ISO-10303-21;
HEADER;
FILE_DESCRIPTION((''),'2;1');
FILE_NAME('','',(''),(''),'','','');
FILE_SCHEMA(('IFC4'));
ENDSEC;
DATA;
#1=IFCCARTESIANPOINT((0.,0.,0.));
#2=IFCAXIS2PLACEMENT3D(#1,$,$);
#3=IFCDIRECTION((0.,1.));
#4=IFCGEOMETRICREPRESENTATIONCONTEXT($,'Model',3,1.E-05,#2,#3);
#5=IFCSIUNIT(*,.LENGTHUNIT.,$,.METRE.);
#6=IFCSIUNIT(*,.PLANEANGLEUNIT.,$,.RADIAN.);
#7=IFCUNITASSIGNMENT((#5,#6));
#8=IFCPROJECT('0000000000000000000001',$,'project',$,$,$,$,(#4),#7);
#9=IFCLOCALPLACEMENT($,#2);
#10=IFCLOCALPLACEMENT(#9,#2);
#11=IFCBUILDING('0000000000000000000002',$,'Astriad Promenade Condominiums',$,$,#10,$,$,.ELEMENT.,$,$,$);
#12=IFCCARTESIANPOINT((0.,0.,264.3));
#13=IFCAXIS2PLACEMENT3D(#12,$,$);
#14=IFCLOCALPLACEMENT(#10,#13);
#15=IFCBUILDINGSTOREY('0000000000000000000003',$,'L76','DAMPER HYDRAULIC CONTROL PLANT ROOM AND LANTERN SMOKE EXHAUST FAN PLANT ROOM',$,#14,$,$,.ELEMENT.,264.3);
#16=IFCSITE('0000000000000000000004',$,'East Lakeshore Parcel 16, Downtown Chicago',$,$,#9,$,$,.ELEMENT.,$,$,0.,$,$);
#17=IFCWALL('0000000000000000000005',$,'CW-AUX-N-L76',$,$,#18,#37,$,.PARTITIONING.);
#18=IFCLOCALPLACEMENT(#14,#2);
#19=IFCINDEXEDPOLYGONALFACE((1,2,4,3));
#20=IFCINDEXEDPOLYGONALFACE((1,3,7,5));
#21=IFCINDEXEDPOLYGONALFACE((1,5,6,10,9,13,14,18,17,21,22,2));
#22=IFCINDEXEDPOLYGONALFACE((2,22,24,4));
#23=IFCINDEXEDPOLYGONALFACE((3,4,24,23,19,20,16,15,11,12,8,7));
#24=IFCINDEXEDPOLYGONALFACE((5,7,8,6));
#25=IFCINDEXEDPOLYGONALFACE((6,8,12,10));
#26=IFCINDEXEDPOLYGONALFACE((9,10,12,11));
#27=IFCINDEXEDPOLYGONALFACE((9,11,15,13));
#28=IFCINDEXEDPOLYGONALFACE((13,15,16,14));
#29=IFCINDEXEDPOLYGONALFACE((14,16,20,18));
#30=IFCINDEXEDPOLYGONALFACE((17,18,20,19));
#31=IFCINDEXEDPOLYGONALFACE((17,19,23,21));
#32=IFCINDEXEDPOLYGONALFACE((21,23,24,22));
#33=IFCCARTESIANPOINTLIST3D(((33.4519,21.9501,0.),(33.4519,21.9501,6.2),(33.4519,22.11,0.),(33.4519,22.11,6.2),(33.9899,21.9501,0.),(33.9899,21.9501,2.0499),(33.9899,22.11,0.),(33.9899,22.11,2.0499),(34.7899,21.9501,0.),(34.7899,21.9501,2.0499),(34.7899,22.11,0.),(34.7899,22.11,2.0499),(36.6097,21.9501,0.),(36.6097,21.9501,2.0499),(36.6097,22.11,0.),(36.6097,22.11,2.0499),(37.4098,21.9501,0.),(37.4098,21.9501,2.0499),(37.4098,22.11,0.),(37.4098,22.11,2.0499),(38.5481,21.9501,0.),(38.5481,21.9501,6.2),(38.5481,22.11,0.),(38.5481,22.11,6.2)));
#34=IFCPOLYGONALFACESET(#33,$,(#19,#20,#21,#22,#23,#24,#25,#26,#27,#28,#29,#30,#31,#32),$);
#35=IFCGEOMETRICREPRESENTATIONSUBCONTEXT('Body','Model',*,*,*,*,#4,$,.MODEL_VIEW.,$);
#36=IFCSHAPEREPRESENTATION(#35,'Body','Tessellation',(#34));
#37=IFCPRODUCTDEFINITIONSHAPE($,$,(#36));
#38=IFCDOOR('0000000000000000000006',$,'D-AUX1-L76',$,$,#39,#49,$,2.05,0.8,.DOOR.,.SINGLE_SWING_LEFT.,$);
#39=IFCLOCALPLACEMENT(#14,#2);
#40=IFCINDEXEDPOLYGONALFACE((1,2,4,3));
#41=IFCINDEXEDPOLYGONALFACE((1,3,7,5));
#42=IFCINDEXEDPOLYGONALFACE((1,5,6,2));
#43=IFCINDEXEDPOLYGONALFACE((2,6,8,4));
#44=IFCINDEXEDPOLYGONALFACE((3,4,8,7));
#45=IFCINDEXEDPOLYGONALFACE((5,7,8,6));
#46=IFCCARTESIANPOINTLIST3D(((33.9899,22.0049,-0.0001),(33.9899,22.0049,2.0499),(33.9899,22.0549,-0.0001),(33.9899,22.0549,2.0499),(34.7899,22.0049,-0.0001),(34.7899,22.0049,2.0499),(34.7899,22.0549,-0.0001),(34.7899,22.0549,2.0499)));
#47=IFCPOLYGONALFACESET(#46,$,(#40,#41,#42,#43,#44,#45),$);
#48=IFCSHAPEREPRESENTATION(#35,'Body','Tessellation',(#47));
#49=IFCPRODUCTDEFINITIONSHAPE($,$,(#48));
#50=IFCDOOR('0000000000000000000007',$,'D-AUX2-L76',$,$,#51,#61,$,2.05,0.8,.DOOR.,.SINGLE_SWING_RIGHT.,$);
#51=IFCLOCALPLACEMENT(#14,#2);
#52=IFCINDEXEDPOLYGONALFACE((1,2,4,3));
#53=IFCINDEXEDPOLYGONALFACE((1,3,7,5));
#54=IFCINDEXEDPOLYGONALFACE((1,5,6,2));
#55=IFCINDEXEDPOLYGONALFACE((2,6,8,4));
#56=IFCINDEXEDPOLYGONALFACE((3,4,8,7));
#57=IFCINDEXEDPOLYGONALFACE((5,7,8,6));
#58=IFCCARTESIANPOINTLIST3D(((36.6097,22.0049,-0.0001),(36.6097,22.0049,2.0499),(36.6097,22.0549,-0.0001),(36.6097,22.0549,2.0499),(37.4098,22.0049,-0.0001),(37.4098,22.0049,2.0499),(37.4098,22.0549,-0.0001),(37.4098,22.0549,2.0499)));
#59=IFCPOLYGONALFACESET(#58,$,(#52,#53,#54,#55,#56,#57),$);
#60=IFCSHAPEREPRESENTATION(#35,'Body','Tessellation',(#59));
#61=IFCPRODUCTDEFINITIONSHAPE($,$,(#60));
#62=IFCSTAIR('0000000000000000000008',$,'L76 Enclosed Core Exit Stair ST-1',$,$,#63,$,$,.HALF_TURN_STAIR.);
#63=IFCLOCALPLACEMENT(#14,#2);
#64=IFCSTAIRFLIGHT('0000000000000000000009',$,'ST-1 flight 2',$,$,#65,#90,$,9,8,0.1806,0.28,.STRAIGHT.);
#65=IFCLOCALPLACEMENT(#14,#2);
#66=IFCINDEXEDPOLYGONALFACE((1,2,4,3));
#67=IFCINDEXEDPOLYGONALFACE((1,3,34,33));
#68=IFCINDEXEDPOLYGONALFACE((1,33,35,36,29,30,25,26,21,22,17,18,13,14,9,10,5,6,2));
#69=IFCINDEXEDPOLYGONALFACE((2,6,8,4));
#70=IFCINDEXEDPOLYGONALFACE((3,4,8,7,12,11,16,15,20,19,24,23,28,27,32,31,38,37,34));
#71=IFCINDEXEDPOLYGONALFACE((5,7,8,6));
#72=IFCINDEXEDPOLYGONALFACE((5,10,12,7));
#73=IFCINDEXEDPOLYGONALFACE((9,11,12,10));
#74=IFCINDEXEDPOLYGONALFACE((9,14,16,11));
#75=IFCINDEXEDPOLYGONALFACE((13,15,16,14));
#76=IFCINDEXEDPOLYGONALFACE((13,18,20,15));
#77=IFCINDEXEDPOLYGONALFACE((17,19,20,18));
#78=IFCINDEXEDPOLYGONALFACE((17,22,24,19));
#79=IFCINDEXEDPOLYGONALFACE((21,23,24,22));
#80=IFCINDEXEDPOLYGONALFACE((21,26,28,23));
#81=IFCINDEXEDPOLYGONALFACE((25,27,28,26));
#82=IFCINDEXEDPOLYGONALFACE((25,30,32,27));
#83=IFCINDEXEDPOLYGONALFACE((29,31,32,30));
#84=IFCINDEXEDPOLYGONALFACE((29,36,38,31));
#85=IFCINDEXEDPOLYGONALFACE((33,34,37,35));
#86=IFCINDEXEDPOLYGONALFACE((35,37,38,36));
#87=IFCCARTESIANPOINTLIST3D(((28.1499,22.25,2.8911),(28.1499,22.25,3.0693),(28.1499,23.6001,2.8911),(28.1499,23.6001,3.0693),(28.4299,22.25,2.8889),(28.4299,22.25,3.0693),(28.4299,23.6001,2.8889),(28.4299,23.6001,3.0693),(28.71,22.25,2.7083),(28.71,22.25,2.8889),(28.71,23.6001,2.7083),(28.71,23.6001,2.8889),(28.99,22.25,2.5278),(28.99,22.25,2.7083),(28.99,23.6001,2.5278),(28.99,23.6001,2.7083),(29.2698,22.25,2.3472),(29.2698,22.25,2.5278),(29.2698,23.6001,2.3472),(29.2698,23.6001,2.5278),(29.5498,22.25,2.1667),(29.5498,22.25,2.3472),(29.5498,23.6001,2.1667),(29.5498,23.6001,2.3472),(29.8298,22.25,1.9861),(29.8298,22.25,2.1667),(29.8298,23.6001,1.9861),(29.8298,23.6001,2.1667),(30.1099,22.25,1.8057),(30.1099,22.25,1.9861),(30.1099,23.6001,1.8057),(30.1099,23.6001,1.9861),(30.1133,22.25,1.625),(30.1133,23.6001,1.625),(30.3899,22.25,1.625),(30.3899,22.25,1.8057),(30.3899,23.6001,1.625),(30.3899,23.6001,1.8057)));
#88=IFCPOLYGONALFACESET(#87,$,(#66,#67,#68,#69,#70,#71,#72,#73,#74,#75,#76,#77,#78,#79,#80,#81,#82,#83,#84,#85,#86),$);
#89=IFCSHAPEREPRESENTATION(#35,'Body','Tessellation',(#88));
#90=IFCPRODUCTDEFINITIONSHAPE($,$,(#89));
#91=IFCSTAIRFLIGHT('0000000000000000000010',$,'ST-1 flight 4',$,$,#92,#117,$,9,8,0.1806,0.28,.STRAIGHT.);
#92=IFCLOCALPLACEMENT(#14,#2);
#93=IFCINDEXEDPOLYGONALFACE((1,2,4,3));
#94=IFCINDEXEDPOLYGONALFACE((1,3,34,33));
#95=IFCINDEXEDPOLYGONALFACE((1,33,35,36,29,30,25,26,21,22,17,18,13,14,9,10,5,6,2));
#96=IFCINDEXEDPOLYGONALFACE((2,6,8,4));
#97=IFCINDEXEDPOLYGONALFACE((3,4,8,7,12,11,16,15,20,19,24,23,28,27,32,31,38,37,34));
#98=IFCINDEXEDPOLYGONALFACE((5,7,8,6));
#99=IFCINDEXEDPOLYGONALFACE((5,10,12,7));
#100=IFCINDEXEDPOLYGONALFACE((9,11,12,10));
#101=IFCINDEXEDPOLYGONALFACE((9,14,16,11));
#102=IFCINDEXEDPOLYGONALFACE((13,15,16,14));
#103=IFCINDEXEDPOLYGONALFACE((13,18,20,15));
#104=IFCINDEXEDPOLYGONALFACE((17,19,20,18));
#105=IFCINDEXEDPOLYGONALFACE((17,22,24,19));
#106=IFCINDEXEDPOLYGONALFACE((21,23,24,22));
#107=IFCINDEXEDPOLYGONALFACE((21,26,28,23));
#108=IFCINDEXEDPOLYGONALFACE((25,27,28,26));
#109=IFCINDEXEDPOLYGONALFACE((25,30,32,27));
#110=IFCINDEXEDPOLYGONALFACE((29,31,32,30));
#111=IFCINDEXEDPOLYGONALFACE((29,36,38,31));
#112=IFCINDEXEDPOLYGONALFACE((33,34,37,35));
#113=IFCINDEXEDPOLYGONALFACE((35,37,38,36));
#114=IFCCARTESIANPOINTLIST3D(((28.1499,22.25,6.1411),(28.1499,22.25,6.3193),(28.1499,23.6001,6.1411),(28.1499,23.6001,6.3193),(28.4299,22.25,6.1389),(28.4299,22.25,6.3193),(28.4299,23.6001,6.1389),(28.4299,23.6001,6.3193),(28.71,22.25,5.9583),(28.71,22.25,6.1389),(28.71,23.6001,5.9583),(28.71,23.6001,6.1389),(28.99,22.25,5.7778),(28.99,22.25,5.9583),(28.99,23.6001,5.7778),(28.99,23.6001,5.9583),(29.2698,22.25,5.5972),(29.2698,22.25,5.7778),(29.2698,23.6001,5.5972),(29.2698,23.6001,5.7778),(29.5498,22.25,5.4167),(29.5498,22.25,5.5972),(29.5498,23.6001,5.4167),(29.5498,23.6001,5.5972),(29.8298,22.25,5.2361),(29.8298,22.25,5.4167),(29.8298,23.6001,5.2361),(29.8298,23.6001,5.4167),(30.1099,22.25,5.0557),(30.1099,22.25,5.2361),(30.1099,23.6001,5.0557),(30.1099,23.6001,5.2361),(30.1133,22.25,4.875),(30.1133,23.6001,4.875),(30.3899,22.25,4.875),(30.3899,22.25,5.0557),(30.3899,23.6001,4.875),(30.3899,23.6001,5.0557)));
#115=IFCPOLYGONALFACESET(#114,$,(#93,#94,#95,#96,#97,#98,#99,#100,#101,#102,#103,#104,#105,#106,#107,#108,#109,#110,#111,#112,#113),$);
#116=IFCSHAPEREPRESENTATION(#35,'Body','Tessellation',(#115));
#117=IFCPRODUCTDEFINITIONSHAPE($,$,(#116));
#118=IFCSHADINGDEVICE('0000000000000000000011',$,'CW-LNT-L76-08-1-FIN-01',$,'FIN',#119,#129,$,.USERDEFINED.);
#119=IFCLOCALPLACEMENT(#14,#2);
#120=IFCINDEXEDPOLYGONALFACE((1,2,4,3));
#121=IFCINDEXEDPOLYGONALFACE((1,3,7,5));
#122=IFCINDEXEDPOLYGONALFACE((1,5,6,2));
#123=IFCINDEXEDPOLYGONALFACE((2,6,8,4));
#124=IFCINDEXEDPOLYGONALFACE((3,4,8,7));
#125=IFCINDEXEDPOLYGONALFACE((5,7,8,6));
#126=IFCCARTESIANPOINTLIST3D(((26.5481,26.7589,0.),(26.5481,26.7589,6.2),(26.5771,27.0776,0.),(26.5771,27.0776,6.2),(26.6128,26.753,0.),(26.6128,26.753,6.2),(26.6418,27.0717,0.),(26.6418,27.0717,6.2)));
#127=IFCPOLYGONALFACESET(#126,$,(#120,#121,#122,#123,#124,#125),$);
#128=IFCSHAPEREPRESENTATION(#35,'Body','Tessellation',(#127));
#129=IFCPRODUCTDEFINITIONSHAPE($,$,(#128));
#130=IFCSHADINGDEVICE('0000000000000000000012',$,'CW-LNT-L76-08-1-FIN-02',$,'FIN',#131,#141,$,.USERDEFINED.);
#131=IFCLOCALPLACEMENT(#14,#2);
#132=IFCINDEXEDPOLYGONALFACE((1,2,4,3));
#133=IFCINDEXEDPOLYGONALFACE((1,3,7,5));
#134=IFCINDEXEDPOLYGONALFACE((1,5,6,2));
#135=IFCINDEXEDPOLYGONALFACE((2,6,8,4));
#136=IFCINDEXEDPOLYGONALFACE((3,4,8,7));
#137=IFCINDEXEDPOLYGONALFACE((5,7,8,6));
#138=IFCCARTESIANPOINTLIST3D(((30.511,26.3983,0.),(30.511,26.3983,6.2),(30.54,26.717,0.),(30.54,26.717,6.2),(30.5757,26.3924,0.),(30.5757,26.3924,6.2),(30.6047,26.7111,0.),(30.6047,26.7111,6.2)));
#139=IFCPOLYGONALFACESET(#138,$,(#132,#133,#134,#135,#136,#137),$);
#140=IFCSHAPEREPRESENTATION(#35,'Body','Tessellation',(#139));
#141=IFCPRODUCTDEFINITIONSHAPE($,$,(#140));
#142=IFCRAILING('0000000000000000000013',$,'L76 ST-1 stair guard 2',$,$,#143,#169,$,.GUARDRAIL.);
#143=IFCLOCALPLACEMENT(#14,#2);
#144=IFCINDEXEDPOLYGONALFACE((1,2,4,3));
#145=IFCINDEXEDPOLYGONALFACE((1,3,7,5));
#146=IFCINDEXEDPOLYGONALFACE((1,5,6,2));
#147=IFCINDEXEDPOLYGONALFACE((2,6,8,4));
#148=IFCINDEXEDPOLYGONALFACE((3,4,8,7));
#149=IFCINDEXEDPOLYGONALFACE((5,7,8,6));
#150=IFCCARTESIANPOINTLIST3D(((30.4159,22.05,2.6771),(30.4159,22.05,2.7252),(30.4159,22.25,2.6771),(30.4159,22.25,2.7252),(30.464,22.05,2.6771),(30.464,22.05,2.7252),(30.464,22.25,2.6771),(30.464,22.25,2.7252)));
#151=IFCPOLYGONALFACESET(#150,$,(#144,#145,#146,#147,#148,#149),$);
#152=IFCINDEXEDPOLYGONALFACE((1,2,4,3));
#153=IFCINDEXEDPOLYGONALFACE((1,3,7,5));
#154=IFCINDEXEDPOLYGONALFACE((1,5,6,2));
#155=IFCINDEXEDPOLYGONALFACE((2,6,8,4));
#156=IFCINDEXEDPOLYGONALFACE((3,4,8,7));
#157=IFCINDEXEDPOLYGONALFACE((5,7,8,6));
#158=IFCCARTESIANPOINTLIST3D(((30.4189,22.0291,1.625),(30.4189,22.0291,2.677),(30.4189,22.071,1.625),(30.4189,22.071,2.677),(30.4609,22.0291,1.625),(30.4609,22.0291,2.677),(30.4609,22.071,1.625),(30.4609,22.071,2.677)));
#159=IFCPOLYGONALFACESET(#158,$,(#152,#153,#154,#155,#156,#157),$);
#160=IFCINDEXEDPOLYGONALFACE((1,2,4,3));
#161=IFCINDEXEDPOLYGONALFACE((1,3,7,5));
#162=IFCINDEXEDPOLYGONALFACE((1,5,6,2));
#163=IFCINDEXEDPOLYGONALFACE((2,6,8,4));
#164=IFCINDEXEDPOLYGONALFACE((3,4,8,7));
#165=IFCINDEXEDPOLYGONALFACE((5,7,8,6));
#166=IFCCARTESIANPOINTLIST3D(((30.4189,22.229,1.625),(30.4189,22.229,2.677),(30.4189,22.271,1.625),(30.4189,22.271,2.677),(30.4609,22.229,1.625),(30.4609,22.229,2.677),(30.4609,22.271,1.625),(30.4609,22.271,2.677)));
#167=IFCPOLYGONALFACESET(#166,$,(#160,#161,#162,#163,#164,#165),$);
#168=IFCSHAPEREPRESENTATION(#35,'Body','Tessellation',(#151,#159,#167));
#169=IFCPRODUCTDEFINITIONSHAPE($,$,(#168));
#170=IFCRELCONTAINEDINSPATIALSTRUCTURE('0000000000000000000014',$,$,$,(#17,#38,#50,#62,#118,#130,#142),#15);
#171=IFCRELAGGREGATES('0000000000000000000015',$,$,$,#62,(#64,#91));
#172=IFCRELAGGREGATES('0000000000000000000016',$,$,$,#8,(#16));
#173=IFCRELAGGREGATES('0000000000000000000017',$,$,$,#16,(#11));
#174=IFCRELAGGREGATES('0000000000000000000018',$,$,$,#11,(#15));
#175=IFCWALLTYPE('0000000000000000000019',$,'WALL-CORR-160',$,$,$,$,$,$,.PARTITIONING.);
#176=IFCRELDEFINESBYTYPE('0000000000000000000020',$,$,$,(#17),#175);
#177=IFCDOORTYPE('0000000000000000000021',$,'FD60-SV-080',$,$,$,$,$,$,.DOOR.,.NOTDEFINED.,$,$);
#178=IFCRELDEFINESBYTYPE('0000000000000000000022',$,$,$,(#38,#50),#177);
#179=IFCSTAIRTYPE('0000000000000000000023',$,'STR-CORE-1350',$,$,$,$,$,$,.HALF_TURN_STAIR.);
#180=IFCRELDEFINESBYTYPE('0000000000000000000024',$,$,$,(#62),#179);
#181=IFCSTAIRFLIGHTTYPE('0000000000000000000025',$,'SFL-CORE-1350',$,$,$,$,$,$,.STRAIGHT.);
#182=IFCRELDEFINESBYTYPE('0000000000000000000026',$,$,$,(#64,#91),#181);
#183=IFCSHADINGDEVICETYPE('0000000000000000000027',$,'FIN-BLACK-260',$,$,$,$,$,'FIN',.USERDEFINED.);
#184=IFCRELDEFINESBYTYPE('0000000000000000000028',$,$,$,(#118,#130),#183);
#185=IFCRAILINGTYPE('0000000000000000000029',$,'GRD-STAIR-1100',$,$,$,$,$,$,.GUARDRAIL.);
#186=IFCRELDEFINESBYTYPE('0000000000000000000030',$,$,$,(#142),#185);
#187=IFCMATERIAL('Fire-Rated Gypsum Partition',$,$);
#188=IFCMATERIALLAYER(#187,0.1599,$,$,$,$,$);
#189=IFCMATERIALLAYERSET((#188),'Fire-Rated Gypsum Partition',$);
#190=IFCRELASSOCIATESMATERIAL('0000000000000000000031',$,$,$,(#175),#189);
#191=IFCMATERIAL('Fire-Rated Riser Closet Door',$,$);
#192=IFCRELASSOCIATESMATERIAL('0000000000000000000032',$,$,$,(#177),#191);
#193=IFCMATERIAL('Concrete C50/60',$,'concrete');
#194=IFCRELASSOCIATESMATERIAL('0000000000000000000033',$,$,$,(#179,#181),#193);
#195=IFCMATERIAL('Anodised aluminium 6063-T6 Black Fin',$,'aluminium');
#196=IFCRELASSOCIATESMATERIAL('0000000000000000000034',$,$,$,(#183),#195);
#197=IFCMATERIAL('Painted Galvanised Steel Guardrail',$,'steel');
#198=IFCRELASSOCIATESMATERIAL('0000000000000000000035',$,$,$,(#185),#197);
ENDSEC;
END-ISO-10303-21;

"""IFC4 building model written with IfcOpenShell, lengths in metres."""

from ifc_helpers import new_model, si_unit, direction, frame, frame_2d, origin, origin_2d, place, context, subcontext, project, spatial, polyline, rectangle, outline, extrude, source, transform, mapped, material, layer, layer_set, type_object, type_shapes, element, fill, aggregate, save


model = new_model("IFC4")

# Units and contexts
model_context = context("Model", 3, precision=1e-05, world=origin(), true_north=direction((0.0, 1.0)))
body_context = subcontext(model_context, "Body", "Model", "MODEL_VIEW")
ifc_project = project(units=[si_unit("LENGTHUNIT", "METRE"), si_unit("PLANEANGLEUNIT", "RADIAN")], contexts=[model_context])

# Site, building, storey
site_placement = place(None, origin())
site = spatial("IfcSite", under=ifc_project, at=site_placement, Name="East Lakeshore Parcel 16, Downtown Chicago", CompositionType="ELEMENT", RefElevation=0.0)
building_placement = place(site_placement, origin())
building = spatial("IfcBuilding", under=site, at=building_placement, Name="Astriad Promenade Condominiums", CompositionType="ELEMENT")
storey_placement = place(building_placement, frame((0.0, 0.0, 264.3)))
storey = spatial("IfcBuildingStorey", under=building, at=storey_placement, Name="L76", Description="DAMPER HYDRAULIC CONTROL PLANT ROOM AND LANTERN SMOKE EXHAUST FAN PLANT ROOM", CompositionType="ELEMENT", Elevation=264.3)

# Wall, openings, doors
ifc_material_1 = material(Name="Fire-Rated Gypsum Partition")
ifc_layer_1 = layer(ifc_material_1, 0.1599)
ifc_layer_set_1 = layer_set([ifc_layer_1], Name="Fire-Rated Gypsum Partition")
wall_type = type_object("IfcWallType", Name="WALL-CORR-160", PredefinedType="PARTITIONING", material=ifc_layer_set_1)
wall_placement = place(storey_placement, frame((33.4519, 22.03, 0.0), z_axis=(0.0, 0.0, 1.0), x_axis=(1.0, 0.0, 0.0)))
wall = element("IfcWall", 1, at=wall_placement, inside=storey, type_object=wall_type, Name="CW-AUX-N-L76", PredefinedType="PARTITIONING", context=body_context, shape_type="SweptSolid", body=[
    extrude(rectangle(XDim=5.0962, YDim=0.1599, at=frame_2d((2.5481, 0.0))), origin(), (0.0, 0.0, 1.0), 6.2),
])
opening_1_placement = place(wall_placement, frame((0.5381, 0.0, 0.0)))
opening_1 = element("IfcOpeningElement", 2, at=opening_1_placement, cuts=wall, PredefinedType="OPENING", context=body_context, shape_type="SweptSolid", body=[
    extrude(rectangle(XDim=0.8, YDim=2.05, at=frame_2d((0.3999, 1.0249))), frame((0.0, 0.0898, 0.0), z_axis=(0.0, -1.0, 0.0), x_axis=(1.0, 0.0, 0.0)), (0.0, 0.0, 1.0), 0.1799),
])
opening_2_placement = place(wall_placement, frame((3.158, 0.0, 0.0)))
opening_2 = element("IfcOpeningElement", 3, at=opening_2_placement, cuts=wall, PredefinedType="OPENING", context=body_context, shape_type="SweptSolid", body=[
    extrude(rectangle(XDim=0.8, YDim=2.05, at=frame_2d((0.3999, 1.0249))), frame((0.0, 0.0898, 0.0), z_axis=(0.0, -1.0, 0.0), x_axis=(1.0, 0.0, 0.0)), (0.0, 0.0, 1.0), 0.1799),
])
ifc_material_2 = material(Name="Fire-Rated Riser Closet Door")
door_type = type_object("IfcDoorType", Name="FD60-SV-080", OperationType="NOTDEFINED", PredefinedType="DOOR", material=ifc_material_2)
shared_shape_1 = source(origin(), body_context, "Body", "SweptSolid", [
    extrude(rectangle(XDim=0.8, YDim=2.05, at=frame_2d((0.3999, 1.0249))), frame((0.0, 0.0249, 0.0), z_axis=(0.0, -1.0, 0.0), x_axis=(1.0, 0.0, 0.0)), (0.0, 0.0, 1.0), 0.05),
])
type_shapes(door_type, [shared_shape_1])
door_1_placement = place(opening_1_placement, origin())
door_1 = element("IfcDoor", 4, at=door_1_placement, inside=storey, type_object=door_type, Name="D-AUX1-L76", OperationType="SINGLE_SWING_LEFT", OverallHeight=2.05, OverallWidth=0.8, PredefinedType="DOOR", context=body_context, shape_type="MappedRepresentation", body=[
    mapped(shared_shape_1, transform((0.0, 0.0, 0.0), scale=1.0)),
])
fill(opening_1, door_1)
door_2_placement = place(opening_2_placement, origin())
door_2 = element("IfcDoor", 5, at=door_2_placement, inside=storey, type_object=door_type, Name="D-AUX2-L76", OperationType="SINGLE_SWING_RIGHT", OverallHeight=2.05, OverallWidth=0.8, PredefinedType="DOOR", context=body_context, shape_type="MappedRepresentation", body=[
    mapped(shared_shape_1, transform((0.0, 0.0, 0.0), scale=1.0)),
])
fill(opening_2, door_2)

# Stair, stair flights
ifc_material_3 = material(Name="Concrete C50/60", Category="concrete")
stair_type = type_object("IfcStairType", Name="STR-CORE-1350", PredefinedType="HALF_TURN_STAIR", material=ifc_material_3)
stair_placement = place(storey_placement, origin())
stair = element("IfcStair", 6, at=stair_placement, inside=storey, type_object=stair_type, Name="L76 Enclosed Core Exit Stair ST-1", PredefinedType="HALF_TURN_STAIR")
stair_flight_type = type_object("IfcStairFlightType", Name="SFL-CORE-1350", PredefinedType="STRAIGHT", material=ifc_material_3)
shared_shape_2 = source(origin(), body_context, "Body", "SweptSolid", [
    extrude(outline(polyline([(0.0, 0.0), (0.0, 0.1807), (0.28, 0.1807), (0.28, 0.3611), (0.5601, 0.3611), (0.5601, 0.5417), (0.8401, 0.5417), (0.8401, 0.7222), (1.1201, 0.7222), (1.1201, 0.9028), (1.3999, 0.9028), (1.3999, 1.0833), (1.6799, 1.0833), (1.6799, 1.2639), (1.96, 1.2639), (1.96, 1.4443), (2.24, 1.4443), (2.24, 1.625), (2.24, 1.2661), (0.2766, 0.0), (0.0, 0.0)])), frame((0.0, 0.675, 0.0), z_axis=(0.0, -1.0, 0.0), x_axis=(1.0, 0.0, 0.0)), (0.0, 0.0, 1.0), 1.3501),
])
type_shapes(stair_flight_type, [shared_shape_2])
stair_flight_1_placement = place(storey_placement, frame((30.3899, 22.925, 1.625), z_axis=(0.0, 0.0, 1.0), x_axis=(-1.0, 0.0, 0.0)))
stair_flight_1 = element("IfcStairFlight", 7, at=stair_flight_1_placement, type_object=stair_flight_type, Name="ST-1 flight 2", NumberOfRisers=9, NumberOfTreads=8, PredefinedType="STRAIGHT", RiserHeight=0.1806, TreadLength=0.28, context=body_context, shape_type="MappedRepresentation", body=[
    mapped(shared_shape_2, transform((0.0, 0.0, 0.0), scale=1.0)),
])
stair_flight_2_placement = place(storey_placement, frame((30.3899, 22.925, 4.875), z_axis=(0.0, 0.0, 1.0), x_axis=(-1.0, 0.0, 0.0)))
stair_flight_2 = element("IfcStairFlight", 8, at=stair_flight_2_placement, type_object=stair_flight_type, Name="ST-1 flight 4", NumberOfRisers=9, NumberOfTreads=8, PredefinedType="STRAIGHT", RiserHeight=0.1806, TreadLength=0.28, context=body_context, shape_type="MappedRepresentation", body=[
    mapped(shared_shape_2, transform((0.0, 0.0, 0.0), scale=1.0)),
])
aggregate(stair, [stair_flight_1, stair_flight_2])

# Shading devices
ifc_material_4 = material(Name="Anodised aluminium 6063-T6 Black Fin", Category="aluminium")
shading_device_type = type_object("IfcShadingDeviceType", Name="FIN-BLACK-260", ElementType="FIN", PredefinedType="USERDEFINED", material=ifc_material_4)
shared_shape_3 = source(origin(), body_context, "Body", "SweptSolid", [
    extrude(rectangle(XDim=0.0649, YDim=0.3201, at=origin_2d()), origin(), (0.0, 0.0, 1.0), 6.2),
])
type_shapes(shading_device_type, [shared_shape_3])
for number, where, z_axis, x_axis, name in (
    (9, (26.595, 26.9153, 0.0), (0.0, 0.0, 1.0), (0.995884, -0.090633, 0.0), "CW-LNT-L76-08-1-FIN-01"),
    (10, (30.5579, 26.5547, 0.0), (0.0, 0.0, 1.0), (0.995884, -0.090633, 0.0), "CW-LNT-L76-08-1-FIN-02"),
):
    element("IfcShadingDevice", number, at=place(storey_placement, frame(where, z_axis=z_axis, x_axis=x_axis)), inside=storey, type_object=shading_device_type, Name=name, ObjectType="FIN", PredefinedType="USERDEFINED", context=body_context, shape_type="MappedRepresentation", body=[
        mapped(shared_shape_3, transform((0.0, 0.0, 0.0), scale=1.0)),
    ])

# Railing
ifc_material_5 = material(Name="Painted Galvanised Steel Guardrail", Category="steel")
railing_type_1 = type_object("IfcRailingType", Name="GRD-STAIR-1100", PredefinedType="GUARDRAIL", material=ifc_material_5)
shared_shape_4 = source(origin(), body_context, "Body", "SweptSolid", [
    extrude(rectangle(XDim=0.0481, YDim=0.0481, at=origin_2d()), frame((0.0, 0.0, 1.0762), z_axis=(0.0, 1.0, 0.0), x_axis=(-1.0, 0.0, 0.0)), (0.0, 0.0, 1.0), 0.2),
    extrude(rectangle(XDim=0.042, YDim=0.042, at=origin_2d()), origin(), (0.0, 0.0, 1.0), 1.052),
    extrude(rectangle(XDim=0.042, YDim=0.042, at=origin_2d()), frame((0.0, 0.2, 0.0)), (0.0, 0.0, 1.0), 1.052),
])
for number, where, name in (
    (11, (30.4399, 22.05, 1.625), "L76 ST-1 stair guard 2"),
):
    element("IfcRailing", number, at=place(storey_placement, frame(where)), inside=storey, type_object=railing_type_1, Name=name, PredefinedType="GUARDRAIL", context=body_context, shape_type="MappedRepresentation", body=[
        mapped(shared_shape_4, transform((0.0, 0.0, 0.0), scale=1.0)),
    ])

save(model, "model.ifc")
